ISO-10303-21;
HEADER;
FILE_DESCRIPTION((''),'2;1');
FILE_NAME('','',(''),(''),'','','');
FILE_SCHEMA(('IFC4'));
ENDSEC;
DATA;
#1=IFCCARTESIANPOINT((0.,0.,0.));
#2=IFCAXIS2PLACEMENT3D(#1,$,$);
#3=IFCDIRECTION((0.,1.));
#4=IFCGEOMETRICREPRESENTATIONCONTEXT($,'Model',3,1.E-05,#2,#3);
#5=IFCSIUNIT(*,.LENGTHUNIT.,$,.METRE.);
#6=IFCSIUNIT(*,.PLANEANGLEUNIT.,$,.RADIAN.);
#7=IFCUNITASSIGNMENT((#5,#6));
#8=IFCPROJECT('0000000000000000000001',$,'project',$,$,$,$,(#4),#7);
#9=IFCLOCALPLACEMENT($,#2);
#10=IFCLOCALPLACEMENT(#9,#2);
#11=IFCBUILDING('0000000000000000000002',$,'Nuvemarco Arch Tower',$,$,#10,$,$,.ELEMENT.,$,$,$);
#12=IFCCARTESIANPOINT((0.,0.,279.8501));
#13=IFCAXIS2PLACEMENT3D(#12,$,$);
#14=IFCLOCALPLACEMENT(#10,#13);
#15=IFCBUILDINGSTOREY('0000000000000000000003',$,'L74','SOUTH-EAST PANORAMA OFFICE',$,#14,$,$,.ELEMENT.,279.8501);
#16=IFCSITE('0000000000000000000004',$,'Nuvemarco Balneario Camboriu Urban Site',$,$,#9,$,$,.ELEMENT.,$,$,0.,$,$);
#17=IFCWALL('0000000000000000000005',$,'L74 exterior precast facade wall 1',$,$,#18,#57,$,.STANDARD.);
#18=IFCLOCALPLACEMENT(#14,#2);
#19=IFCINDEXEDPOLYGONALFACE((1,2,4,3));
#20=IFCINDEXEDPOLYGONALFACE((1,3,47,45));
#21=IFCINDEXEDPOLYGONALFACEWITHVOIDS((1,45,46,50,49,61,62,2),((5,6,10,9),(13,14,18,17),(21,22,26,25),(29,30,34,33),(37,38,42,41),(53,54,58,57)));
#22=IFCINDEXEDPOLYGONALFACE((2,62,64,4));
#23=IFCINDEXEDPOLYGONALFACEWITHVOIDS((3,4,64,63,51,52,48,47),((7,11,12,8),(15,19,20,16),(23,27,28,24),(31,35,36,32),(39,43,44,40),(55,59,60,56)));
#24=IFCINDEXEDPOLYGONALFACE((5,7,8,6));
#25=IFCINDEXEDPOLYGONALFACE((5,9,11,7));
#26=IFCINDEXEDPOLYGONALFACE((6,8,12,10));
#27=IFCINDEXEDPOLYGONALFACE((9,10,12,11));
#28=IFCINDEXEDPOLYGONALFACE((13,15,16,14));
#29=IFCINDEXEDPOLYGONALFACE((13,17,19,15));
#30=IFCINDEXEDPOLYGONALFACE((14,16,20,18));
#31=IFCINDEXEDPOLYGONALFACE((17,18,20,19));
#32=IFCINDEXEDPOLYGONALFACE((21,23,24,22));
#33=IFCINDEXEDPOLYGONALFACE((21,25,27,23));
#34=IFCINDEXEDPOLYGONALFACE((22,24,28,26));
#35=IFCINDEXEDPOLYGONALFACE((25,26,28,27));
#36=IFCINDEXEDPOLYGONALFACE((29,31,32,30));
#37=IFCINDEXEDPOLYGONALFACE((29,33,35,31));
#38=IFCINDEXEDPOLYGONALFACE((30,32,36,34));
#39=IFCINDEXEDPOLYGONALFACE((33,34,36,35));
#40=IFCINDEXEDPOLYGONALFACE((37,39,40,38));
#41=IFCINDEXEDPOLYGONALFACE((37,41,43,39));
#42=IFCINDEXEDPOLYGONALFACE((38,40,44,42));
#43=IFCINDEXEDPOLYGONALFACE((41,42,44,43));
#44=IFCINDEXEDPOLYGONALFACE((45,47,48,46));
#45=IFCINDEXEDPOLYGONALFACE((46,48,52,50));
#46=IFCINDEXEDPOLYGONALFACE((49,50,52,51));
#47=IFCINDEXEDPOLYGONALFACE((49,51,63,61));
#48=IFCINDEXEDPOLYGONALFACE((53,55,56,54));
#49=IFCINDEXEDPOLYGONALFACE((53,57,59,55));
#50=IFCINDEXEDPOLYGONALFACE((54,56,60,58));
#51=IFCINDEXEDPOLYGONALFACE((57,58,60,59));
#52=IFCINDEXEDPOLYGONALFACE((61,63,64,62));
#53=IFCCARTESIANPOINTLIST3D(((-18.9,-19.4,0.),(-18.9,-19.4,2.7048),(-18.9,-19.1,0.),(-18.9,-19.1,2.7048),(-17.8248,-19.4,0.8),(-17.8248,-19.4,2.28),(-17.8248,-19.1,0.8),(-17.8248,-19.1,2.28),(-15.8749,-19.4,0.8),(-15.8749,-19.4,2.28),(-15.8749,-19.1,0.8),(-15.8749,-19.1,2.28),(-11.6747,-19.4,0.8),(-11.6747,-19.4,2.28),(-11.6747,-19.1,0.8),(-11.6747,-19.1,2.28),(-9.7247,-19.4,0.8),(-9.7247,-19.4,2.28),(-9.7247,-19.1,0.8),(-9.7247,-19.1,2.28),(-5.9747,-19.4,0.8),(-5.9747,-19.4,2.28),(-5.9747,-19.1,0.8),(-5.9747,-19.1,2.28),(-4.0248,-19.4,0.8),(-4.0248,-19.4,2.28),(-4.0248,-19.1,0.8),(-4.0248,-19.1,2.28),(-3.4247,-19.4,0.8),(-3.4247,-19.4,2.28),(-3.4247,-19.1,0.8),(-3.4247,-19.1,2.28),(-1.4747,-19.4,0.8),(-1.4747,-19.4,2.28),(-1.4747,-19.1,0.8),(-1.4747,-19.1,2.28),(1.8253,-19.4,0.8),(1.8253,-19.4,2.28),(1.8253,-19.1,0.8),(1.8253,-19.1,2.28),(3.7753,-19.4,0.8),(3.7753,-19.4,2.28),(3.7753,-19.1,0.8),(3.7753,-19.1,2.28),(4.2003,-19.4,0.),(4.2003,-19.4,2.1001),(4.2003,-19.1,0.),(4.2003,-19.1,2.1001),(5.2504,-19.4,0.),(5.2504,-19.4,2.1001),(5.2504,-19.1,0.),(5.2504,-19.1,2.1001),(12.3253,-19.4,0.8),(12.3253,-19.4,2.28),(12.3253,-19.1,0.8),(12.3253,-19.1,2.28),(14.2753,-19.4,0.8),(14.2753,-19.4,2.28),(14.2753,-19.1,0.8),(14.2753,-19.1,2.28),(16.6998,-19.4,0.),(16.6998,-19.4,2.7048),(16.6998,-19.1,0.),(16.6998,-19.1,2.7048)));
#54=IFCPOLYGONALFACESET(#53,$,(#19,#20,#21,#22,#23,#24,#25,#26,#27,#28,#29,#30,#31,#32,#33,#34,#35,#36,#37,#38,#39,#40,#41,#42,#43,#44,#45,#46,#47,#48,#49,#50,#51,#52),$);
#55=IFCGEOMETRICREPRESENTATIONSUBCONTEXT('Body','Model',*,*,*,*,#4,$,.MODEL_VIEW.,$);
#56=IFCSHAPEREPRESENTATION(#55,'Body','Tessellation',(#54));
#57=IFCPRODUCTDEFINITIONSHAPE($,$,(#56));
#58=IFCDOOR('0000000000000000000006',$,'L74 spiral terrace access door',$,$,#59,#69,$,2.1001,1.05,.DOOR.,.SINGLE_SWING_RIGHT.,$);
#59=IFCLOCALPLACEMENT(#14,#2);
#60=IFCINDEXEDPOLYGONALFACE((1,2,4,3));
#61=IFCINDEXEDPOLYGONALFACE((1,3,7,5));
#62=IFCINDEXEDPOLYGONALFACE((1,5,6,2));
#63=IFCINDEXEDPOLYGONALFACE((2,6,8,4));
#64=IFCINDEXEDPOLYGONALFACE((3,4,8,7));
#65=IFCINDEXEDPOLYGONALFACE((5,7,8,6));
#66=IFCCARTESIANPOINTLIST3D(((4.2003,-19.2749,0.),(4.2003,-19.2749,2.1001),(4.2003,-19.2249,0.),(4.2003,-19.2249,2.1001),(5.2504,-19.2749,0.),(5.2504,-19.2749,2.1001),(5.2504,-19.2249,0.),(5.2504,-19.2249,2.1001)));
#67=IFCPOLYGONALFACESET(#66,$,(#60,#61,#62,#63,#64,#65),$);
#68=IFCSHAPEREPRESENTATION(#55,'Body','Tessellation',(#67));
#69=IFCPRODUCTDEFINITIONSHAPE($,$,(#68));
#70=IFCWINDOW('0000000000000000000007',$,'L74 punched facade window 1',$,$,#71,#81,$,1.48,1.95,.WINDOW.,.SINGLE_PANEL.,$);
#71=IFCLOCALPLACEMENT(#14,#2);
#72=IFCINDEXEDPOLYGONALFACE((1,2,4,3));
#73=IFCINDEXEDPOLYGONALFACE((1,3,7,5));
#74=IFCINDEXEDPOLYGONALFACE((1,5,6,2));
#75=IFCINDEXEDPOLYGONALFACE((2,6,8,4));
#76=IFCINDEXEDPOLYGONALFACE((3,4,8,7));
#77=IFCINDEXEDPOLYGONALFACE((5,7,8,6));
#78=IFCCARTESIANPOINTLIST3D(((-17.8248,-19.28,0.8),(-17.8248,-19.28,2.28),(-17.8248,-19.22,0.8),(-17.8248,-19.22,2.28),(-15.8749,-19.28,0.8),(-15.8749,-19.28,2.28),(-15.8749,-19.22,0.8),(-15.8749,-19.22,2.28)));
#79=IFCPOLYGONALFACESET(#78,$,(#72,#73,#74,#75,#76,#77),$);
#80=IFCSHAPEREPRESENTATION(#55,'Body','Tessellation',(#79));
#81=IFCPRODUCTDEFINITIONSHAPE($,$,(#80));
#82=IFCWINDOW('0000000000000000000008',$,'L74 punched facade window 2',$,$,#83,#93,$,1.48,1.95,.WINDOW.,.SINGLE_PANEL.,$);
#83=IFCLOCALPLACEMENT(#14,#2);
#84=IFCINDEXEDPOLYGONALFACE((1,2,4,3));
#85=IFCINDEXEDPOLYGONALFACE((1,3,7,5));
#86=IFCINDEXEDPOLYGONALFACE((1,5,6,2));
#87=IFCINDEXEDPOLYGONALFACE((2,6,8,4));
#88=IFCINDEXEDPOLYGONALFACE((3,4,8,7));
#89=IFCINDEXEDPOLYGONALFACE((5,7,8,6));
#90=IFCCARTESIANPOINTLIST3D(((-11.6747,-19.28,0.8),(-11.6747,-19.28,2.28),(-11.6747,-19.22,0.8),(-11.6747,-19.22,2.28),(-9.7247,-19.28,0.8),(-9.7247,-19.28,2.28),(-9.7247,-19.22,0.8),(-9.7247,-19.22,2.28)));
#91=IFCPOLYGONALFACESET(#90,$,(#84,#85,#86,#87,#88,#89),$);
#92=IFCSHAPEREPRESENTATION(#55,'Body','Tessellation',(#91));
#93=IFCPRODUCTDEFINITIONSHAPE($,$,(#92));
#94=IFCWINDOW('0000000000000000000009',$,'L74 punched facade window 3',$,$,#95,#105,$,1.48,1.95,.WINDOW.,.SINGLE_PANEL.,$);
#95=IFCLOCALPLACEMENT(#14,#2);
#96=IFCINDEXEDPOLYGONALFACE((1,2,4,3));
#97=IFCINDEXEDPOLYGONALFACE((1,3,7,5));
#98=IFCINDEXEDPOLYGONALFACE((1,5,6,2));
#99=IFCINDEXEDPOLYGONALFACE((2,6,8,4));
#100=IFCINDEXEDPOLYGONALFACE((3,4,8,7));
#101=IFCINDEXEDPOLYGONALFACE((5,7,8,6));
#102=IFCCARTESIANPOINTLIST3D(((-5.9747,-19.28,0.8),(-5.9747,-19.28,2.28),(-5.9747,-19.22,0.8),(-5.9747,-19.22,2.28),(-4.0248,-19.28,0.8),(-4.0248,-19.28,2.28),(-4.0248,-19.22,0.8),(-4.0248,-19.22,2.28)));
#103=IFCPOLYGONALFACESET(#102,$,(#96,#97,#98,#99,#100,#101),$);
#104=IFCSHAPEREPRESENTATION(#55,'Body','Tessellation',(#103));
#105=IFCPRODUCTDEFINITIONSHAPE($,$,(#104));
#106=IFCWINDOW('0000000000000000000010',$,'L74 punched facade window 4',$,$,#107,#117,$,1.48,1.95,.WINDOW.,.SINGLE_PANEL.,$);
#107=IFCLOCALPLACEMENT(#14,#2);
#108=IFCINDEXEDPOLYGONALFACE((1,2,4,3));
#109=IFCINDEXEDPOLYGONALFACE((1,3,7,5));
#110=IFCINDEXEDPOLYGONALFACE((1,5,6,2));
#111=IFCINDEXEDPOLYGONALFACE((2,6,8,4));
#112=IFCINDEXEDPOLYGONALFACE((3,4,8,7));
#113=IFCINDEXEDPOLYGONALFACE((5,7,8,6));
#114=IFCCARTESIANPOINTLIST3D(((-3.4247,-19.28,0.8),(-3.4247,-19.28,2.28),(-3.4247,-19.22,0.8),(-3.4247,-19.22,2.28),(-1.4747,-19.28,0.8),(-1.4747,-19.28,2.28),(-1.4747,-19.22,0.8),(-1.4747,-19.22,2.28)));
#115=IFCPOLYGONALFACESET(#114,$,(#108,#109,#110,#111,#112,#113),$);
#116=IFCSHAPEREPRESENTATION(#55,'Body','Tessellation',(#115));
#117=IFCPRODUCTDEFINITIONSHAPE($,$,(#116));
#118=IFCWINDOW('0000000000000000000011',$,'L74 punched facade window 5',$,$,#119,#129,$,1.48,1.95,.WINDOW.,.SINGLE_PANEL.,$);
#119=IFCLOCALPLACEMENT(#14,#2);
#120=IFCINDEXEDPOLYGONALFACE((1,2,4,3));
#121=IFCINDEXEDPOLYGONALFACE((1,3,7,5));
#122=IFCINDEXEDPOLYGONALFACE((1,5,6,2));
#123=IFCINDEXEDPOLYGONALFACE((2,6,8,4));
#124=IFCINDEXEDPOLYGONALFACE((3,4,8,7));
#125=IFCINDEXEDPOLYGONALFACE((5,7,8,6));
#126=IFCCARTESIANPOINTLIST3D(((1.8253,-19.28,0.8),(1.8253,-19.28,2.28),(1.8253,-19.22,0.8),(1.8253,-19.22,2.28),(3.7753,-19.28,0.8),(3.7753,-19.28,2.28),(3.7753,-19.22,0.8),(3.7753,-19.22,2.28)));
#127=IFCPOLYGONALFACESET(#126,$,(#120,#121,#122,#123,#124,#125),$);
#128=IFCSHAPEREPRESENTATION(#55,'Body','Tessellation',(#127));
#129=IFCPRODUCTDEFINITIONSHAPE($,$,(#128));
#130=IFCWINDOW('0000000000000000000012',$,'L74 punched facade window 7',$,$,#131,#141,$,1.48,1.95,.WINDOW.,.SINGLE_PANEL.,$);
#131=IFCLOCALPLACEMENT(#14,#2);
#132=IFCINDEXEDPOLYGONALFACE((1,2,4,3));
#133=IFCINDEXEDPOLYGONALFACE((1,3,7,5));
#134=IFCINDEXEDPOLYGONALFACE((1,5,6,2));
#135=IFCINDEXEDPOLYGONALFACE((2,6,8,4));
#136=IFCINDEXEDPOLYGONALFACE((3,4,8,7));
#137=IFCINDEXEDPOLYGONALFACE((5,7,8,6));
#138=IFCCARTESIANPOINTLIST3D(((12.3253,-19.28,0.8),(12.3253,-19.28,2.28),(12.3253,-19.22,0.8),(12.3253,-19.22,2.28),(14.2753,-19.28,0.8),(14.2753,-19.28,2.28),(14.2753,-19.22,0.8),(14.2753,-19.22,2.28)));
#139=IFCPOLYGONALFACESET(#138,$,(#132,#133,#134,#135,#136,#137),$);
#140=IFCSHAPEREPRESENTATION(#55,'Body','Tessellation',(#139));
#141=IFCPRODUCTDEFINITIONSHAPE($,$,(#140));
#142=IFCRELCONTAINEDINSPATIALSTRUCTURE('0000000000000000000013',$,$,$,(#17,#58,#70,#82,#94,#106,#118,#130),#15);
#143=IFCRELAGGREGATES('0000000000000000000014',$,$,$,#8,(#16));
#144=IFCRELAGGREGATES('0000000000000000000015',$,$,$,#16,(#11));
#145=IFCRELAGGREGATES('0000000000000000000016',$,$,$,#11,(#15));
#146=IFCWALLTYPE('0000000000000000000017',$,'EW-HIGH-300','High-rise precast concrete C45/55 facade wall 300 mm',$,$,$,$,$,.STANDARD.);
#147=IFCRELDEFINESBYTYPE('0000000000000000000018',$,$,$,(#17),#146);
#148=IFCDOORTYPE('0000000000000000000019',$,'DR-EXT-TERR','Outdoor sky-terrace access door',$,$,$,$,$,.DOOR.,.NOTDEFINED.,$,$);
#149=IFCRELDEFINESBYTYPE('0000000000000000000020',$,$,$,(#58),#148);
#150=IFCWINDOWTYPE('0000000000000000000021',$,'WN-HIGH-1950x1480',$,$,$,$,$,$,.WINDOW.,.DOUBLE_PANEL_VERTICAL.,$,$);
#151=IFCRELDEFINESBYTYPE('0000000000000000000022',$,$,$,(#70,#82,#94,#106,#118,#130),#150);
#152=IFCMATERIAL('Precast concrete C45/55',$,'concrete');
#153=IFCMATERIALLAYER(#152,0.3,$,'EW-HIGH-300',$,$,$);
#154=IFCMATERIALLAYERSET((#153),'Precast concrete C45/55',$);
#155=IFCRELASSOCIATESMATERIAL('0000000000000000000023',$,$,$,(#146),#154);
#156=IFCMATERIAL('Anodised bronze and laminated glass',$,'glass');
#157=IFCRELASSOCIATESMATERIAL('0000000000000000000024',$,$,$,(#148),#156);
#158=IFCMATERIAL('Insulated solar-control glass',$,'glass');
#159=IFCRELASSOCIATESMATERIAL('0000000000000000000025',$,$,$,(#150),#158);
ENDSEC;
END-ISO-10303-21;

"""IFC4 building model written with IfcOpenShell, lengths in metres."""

from ifc_helpers import new_model, si_unit, direction, frame, frame_2d, origin, place, context, subcontext, project, spatial, rectangle, extrude, source, transform, mapped, material, layer, layer_set, type_object, type_shapes, element, fill, save


model = new_model("IFC4")

# Units and contexts
model_context = context("Model", 3, precision=1e-05, world=origin(), true_north=direction((0.0, 1.0)))
body_context = subcontext(model_context, "Body", "Model", "MODEL_VIEW")
ifc_project = project(units=[si_unit("LENGTHUNIT", "METRE"), si_unit("PLANEANGLEUNIT", "RADIAN")], contexts=[model_context])

# Site, building, storey
site_placement = place(None, origin())
site = spatial("IfcSite", under=ifc_project, at=site_placement, Name="Nuvemarco Balneario Camboriu Urban Site", CompositionType="ELEMENT", RefElevation=0.0)
building_placement = place(site_placement, origin())
building = spatial("IfcBuilding", under=site, at=building_placement, Name="Nuvemarco Arch Tower", CompositionType="ELEMENT")
storey_placement = place(building_placement, frame((0.0, 0.0, 279.8501)))
storey = spatial("IfcBuildingStorey", under=building, at=storey_placement, Name="L74", Description="SOUTH-EAST PANORAMA OFFICE", CompositionType="ELEMENT", Elevation=279.8501)

# Shared definitions
ifc_material_1 = material(Name="Precast concrete C45/55", Category="concrete")

# Wall, openings, door, windows
ifc_layer = layer(ifc_material_1, 0.3, Name="EW-HIGH-300")
ifc_layer_set = layer_set([ifc_layer], Name="Precast concrete C45/55")
wall_type = type_object("IfcWallType", Name="EW-HIGH-300", Description="High-rise precast concrete C45/55 facade wall 300 mm", PredefinedType="STANDARD", material=ifc_layer_set)
wall_1_placement = place(storey_placement, frame((-18.8999, -19.25, 0.0), z_axis=(0.0, 0.0, 1.0), x_axis=(1.0, 0.0, 0.0)))
wall_1 = element("IfcWall", 1, at=wall_1_placement, inside=storey, type_object=wall_type, Name="L74 exterior precast facade wall 1", PredefinedType="STANDARD", context=body_context, shape_type="SweptSolid", body=[
    extrude(rectangle(XDim=35.5999, YDim=0.3, at=frame_2d((17.7998, 0.0))), origin(), (0.0, 0.0, 1.0), 2.7048),
])
opening_1_placement = place(wall_1_placement, frame((24.1501, 0.0, 0.0), z_axis=(0.0, 0.0, 1.0), x_axis=(-1.0, 0.0, 0.0)))
opening_1 = element("IfcOpeningElement", 2, at=opening_1_placement, cuts=wall_1, PredefinedType="OPENING", context=body_context, shape_type="SweptSolid", body=[
    extrude(rectangle(XDim=1.05, YDim=2.1001, at=frame_2d((0.5249, 1.05))), frame((0.0, 0.1599, 0.0), z_axis=(0.0, -1.0, 0.0), x_axis=(1.0, 0.0, 0.0)), (0.0, 0.0, 1.0), 0.3201),
])
opening_2_placement = place(wall_1_placement, frame((1.075, 0.0, 0.8)))
opening_2 = element("IfcOpeningElement", 3, at=opening_2_placement, cuts=wall_1, PredefinedType="OPENING", context=body_context, shape_type="SweptSolid", body=[
    extrude(rectangle(XDim=1.95, YDim=1.48, at=frame_2d((0.9751, 0.74))), frame((0.0, 0.1599, 0.0), z_axis=(0.0, -1.0, 0.0), x_axis=(1.0, 0.0, 0.0)), (0.0, 0.0, 1.0), 0.3201),
])
opening_3_placement = place(wall_1_placement, frame((7.2251, 0.0, 0.8)))
opening_3 = element("IfcOpeningElement", 4, at=opening_3_placement, cuts=wall_1, PredefinedType="OPENING", context=body_context, shape_type="SweptSolid", body=[
    extrude(rectangle(XDim=1.95, YDim=1.48, at=frame_2d((0.9751, 0.74))), frame((0.0, 0.1599, 0.0), z_axis=(0.0, -1.0, 0.0), x_axis=(1.0, 0.0, 0.0)), (0.0, 0.0, 1.0), 0.3201),
])
opening_4_placement = place(wall_1_placement, frame((12.925, 0.0, 0.8)))
opening_4 = element("IfcOpeningElement", 5, at=opening_4_placement, cuts=wall_1, PredefinedType="OPENING", context=body_context, shape_type="SweptSolid", body=[
    extrude(rectangle(XDim=1.95, YDim=1.48, at=frame_2d((0.9751, 0.74))), frame((0.0, 0.1599, 0.0), z_axis=(0.0, -1.0, 0.0), x_axis=(1.0, 0.0, 0.0)), (0.0, 0.0, 1.0), 0.3201),
])
opening_5_placement = place(wall_1_placement, frame((15.4751, 0.0, 0.8)))
opening_5 = element("IfcOpeningElement", 6, at=opening_5_placement, cuts=wall_1, PredefinedType="OPENING", context=body_context, shape_type="SweptSolid", body=[
    extrude(rectangle(XDim=1.95, YDim=1.48, at=frame_2d((0.9751, 0.74))), frame((0.0, 0.1599, 0.0), z_axis=(0.0, -1.0, 0.0), x_axis=(1.0, 0.0, 0.0)), (0.0, 0.0, 1.0), 0.3201),
])
opening_6_placement = place(wall_1_placement, frame((20.7251, 0.0, 0.8)))
opening_6 = element("IfcOpeningElement", 7, at=opening_6_placement, cuts=wall_1, PredefinedType="OPENING", context=body_context, shape_type="SweptSolid", body=[
    extrude(rectangle(XDim=1.95, YDim=1.48, at=frame_2d((0.9751, 0.74))), frame((0.0, 0.1599, 0.0), z_axis=(0.0, -1.0, 0.0), x_axis=(1.0, 0.0, 0.0)), (0.0, 0.0, 1.0), 0.3201),
])
opening_7_placement = place(wall_1_placement, frame((31.2251, 0.0, 0.8)))
opening_7 = element("IfcOpeningElement", 8, at=opening_7_placement, cuts=wall_1, PredefinedType="OPENING", context=body_context, shape_type="SweptSolid", body=[
    extrude(rectangle(XDim=1.95, YDim=1.48, at=frame_2d((0.9751, 0.74))), frame((0.0, 0.1599, 0.0), z_axis=(0.0, -1.0, 0.0), x_axis=(1.0, 0.0, 0.0)), (0.0, 0.0, 1.0), 0.3201),
])
ifc_material_2 = material(Name="Anodised bronze and laminated glass", Category="glass")
door_type = type_object("IfcDoorType", Name="DR-EXT-TERR", Description="Outdoor sky-terrace access door", OperationType="NOTDEFINED", PredefinedType="DOOR", material=ifc_material_2)
shared_shape_1 = source(origin(), body_context, "Body", "SweptSolid", [
    extrude(rectangle(XDim=1.05, YDim=2.1001, at=frame_2d((0.5249, 1.05))), frame((0.0, 0.0249, 0.0), z_axis=(0.0, -1.0, 0.0), x_axis=(1.0, 0.0, 0.0)), (0.0, 0.0, 1.0), 0.05),
])
type_shapes(door_type, [shared_shape_1])
door_placement = place(opening_1_placement, origin())
door = element("IfcDoor", 9, at=door_placement, inside=storey, type_object=door_type, Name="L74 spiral terrace access door", OperationType="SINGLE_SWING_RIGHT", OverallHeight=2.1001, OverallWidth=1.05, PredefinedType="DOOR", context=body_context, shape_type="MappedRepresentation", body=[
    mapped(shared_shape_1, transform((0.0, 0.0, 0.0), scale=1.0)),
])
fill(opening_1, door)
ifc_material_3 = material(Name="Insulated solar-control glass", Category="glass")
window_type_1 = type_object("IfcWindowType", Name="WN-HIGH-1950x1480", PartitioningType="DOUBLE_PANEL_VERTICAL", PredefinedType="WINDOW", material=ifc_material_3)
shared_shape_2 = source(origin(), body_context, "Body", "SweptSolid", [
    extrude(rectangle(XDim=1.95, YDim=1.48, at=frame_2d((0.9751, 0.74))), frame((0.0, 0.03, 0.0), z_axis=(0.0, -1.0, 0.0), x_axis=(1.0, 0.0, 0.0)), (0.0, 0.0, 1.0), 0.0601),
])
type_shapes(window_type_1, [shared_shape_2])
window_1_placement = place(opening_2_placement, origin())
window_1 = element("IfcWindow", 10, at=window_1_placement, inside=storey, type_object=window_type_1, Name="L74 punched facade window 1", OverallHeight=1.48, OverallWidth=1.95, PartitioningType="SINGLE_PANEL", PredefinedType="WINDOW", context=body_context, shape_type="MappedRepresentation", body=[
    mapped(shared_shape_2, transform((0.0, 0.0, 0.0), scale=1.0)),
])
fill(opening_2, window_1)
window_2_placement = place(opening_3_placement, origin())
window_2 = element("IfcWindow", 11, at=window_2_placement, inside=storey, type_object=window_type_1, Name="L74 punched facade window 2", OverallHeight=1.48, OverallWidth=1.95, PartitioningType="SINGLE_PANEL", PredefinedType="WINDOW", context=body_context, shape_type="MappedRepresentation", body=[
    mapped(shared_shape_2, transform((0.0, 0.0, 0.0), scale=1.0)),
])
fill(opening_3, window_2)
window_3_placement = place(opening_4_placement, origin())
window_3 = element("IfcWindow", 12, at=window_3_placement, inside=storey, type_object=window_type_1, Name="L74 punched facade window 3", OverallHeight=1.48, OverallWidth=1.95, PartitioningType="SINGLE_PANEL", PredefinedType="WINDOW", context=body_context, shape_type="MappedRepresentation", body=[
    mapped(shared_shape_2, transform((0.0, 0.0, 0.0), scale=1.0)),
])
fill(opening_4, window_3)
window_4_placement = place(opening_5_placement, origin())
window_4 = element("IfcWindow", 13, at=window_4_placement, inside=storey, type_object=window_type_1, Name="L74 punched facade window 4", OverallHeight=1.48, OverallWidth=1.95, PartitioningType="SINGLE_PANEL", PredefinedType="WINDOW", context=body_context, shape_type="MappedRepresentation", body=[
    mapped(shared_shape_2, transform((0.0, 0.0, 0.0), scale=1.0)),
])
fill(opening_5, window_4)
window_5_placement = place(opening_6_placement, origin())
window_5 = element("IfcWindow", 14, at=window_5_placement, inside=storey, type_object=window_type_1, Name="L74 punched facade window 5", OverallHeight=1.48, OverallWidth=1.95, PartitioningType="SINGLE_PANEL", PredefinedType="WINDOW", context=body_context, shape_type="MappedRepresentation", body=[
    mapped(shared_shape_2, transform((0.0, 0.0, 0.0), scale=1.0)),
])
fill(opening_6, window_5)
window_6_placement = place(opening_7_placement, origin())
window_6 = element("IfcWindow", 15, at=window_6_placement, inside=storey, type_object=window_type_1, Name="L74 punched facade window 7", OverallHeight=1.48, OverallWidth=1.95, PartitioningType="SINGLE_PANEL", PredefinedType="WINDOW", context=body_context, shape_type="MappedRepresentation", body=[
    mapped(shared_shape_2, transform((0.0, 0.0, 0.0), scale=1.0)),
])
fill(opening_7, window_6)

save(model, "model.ifc")
